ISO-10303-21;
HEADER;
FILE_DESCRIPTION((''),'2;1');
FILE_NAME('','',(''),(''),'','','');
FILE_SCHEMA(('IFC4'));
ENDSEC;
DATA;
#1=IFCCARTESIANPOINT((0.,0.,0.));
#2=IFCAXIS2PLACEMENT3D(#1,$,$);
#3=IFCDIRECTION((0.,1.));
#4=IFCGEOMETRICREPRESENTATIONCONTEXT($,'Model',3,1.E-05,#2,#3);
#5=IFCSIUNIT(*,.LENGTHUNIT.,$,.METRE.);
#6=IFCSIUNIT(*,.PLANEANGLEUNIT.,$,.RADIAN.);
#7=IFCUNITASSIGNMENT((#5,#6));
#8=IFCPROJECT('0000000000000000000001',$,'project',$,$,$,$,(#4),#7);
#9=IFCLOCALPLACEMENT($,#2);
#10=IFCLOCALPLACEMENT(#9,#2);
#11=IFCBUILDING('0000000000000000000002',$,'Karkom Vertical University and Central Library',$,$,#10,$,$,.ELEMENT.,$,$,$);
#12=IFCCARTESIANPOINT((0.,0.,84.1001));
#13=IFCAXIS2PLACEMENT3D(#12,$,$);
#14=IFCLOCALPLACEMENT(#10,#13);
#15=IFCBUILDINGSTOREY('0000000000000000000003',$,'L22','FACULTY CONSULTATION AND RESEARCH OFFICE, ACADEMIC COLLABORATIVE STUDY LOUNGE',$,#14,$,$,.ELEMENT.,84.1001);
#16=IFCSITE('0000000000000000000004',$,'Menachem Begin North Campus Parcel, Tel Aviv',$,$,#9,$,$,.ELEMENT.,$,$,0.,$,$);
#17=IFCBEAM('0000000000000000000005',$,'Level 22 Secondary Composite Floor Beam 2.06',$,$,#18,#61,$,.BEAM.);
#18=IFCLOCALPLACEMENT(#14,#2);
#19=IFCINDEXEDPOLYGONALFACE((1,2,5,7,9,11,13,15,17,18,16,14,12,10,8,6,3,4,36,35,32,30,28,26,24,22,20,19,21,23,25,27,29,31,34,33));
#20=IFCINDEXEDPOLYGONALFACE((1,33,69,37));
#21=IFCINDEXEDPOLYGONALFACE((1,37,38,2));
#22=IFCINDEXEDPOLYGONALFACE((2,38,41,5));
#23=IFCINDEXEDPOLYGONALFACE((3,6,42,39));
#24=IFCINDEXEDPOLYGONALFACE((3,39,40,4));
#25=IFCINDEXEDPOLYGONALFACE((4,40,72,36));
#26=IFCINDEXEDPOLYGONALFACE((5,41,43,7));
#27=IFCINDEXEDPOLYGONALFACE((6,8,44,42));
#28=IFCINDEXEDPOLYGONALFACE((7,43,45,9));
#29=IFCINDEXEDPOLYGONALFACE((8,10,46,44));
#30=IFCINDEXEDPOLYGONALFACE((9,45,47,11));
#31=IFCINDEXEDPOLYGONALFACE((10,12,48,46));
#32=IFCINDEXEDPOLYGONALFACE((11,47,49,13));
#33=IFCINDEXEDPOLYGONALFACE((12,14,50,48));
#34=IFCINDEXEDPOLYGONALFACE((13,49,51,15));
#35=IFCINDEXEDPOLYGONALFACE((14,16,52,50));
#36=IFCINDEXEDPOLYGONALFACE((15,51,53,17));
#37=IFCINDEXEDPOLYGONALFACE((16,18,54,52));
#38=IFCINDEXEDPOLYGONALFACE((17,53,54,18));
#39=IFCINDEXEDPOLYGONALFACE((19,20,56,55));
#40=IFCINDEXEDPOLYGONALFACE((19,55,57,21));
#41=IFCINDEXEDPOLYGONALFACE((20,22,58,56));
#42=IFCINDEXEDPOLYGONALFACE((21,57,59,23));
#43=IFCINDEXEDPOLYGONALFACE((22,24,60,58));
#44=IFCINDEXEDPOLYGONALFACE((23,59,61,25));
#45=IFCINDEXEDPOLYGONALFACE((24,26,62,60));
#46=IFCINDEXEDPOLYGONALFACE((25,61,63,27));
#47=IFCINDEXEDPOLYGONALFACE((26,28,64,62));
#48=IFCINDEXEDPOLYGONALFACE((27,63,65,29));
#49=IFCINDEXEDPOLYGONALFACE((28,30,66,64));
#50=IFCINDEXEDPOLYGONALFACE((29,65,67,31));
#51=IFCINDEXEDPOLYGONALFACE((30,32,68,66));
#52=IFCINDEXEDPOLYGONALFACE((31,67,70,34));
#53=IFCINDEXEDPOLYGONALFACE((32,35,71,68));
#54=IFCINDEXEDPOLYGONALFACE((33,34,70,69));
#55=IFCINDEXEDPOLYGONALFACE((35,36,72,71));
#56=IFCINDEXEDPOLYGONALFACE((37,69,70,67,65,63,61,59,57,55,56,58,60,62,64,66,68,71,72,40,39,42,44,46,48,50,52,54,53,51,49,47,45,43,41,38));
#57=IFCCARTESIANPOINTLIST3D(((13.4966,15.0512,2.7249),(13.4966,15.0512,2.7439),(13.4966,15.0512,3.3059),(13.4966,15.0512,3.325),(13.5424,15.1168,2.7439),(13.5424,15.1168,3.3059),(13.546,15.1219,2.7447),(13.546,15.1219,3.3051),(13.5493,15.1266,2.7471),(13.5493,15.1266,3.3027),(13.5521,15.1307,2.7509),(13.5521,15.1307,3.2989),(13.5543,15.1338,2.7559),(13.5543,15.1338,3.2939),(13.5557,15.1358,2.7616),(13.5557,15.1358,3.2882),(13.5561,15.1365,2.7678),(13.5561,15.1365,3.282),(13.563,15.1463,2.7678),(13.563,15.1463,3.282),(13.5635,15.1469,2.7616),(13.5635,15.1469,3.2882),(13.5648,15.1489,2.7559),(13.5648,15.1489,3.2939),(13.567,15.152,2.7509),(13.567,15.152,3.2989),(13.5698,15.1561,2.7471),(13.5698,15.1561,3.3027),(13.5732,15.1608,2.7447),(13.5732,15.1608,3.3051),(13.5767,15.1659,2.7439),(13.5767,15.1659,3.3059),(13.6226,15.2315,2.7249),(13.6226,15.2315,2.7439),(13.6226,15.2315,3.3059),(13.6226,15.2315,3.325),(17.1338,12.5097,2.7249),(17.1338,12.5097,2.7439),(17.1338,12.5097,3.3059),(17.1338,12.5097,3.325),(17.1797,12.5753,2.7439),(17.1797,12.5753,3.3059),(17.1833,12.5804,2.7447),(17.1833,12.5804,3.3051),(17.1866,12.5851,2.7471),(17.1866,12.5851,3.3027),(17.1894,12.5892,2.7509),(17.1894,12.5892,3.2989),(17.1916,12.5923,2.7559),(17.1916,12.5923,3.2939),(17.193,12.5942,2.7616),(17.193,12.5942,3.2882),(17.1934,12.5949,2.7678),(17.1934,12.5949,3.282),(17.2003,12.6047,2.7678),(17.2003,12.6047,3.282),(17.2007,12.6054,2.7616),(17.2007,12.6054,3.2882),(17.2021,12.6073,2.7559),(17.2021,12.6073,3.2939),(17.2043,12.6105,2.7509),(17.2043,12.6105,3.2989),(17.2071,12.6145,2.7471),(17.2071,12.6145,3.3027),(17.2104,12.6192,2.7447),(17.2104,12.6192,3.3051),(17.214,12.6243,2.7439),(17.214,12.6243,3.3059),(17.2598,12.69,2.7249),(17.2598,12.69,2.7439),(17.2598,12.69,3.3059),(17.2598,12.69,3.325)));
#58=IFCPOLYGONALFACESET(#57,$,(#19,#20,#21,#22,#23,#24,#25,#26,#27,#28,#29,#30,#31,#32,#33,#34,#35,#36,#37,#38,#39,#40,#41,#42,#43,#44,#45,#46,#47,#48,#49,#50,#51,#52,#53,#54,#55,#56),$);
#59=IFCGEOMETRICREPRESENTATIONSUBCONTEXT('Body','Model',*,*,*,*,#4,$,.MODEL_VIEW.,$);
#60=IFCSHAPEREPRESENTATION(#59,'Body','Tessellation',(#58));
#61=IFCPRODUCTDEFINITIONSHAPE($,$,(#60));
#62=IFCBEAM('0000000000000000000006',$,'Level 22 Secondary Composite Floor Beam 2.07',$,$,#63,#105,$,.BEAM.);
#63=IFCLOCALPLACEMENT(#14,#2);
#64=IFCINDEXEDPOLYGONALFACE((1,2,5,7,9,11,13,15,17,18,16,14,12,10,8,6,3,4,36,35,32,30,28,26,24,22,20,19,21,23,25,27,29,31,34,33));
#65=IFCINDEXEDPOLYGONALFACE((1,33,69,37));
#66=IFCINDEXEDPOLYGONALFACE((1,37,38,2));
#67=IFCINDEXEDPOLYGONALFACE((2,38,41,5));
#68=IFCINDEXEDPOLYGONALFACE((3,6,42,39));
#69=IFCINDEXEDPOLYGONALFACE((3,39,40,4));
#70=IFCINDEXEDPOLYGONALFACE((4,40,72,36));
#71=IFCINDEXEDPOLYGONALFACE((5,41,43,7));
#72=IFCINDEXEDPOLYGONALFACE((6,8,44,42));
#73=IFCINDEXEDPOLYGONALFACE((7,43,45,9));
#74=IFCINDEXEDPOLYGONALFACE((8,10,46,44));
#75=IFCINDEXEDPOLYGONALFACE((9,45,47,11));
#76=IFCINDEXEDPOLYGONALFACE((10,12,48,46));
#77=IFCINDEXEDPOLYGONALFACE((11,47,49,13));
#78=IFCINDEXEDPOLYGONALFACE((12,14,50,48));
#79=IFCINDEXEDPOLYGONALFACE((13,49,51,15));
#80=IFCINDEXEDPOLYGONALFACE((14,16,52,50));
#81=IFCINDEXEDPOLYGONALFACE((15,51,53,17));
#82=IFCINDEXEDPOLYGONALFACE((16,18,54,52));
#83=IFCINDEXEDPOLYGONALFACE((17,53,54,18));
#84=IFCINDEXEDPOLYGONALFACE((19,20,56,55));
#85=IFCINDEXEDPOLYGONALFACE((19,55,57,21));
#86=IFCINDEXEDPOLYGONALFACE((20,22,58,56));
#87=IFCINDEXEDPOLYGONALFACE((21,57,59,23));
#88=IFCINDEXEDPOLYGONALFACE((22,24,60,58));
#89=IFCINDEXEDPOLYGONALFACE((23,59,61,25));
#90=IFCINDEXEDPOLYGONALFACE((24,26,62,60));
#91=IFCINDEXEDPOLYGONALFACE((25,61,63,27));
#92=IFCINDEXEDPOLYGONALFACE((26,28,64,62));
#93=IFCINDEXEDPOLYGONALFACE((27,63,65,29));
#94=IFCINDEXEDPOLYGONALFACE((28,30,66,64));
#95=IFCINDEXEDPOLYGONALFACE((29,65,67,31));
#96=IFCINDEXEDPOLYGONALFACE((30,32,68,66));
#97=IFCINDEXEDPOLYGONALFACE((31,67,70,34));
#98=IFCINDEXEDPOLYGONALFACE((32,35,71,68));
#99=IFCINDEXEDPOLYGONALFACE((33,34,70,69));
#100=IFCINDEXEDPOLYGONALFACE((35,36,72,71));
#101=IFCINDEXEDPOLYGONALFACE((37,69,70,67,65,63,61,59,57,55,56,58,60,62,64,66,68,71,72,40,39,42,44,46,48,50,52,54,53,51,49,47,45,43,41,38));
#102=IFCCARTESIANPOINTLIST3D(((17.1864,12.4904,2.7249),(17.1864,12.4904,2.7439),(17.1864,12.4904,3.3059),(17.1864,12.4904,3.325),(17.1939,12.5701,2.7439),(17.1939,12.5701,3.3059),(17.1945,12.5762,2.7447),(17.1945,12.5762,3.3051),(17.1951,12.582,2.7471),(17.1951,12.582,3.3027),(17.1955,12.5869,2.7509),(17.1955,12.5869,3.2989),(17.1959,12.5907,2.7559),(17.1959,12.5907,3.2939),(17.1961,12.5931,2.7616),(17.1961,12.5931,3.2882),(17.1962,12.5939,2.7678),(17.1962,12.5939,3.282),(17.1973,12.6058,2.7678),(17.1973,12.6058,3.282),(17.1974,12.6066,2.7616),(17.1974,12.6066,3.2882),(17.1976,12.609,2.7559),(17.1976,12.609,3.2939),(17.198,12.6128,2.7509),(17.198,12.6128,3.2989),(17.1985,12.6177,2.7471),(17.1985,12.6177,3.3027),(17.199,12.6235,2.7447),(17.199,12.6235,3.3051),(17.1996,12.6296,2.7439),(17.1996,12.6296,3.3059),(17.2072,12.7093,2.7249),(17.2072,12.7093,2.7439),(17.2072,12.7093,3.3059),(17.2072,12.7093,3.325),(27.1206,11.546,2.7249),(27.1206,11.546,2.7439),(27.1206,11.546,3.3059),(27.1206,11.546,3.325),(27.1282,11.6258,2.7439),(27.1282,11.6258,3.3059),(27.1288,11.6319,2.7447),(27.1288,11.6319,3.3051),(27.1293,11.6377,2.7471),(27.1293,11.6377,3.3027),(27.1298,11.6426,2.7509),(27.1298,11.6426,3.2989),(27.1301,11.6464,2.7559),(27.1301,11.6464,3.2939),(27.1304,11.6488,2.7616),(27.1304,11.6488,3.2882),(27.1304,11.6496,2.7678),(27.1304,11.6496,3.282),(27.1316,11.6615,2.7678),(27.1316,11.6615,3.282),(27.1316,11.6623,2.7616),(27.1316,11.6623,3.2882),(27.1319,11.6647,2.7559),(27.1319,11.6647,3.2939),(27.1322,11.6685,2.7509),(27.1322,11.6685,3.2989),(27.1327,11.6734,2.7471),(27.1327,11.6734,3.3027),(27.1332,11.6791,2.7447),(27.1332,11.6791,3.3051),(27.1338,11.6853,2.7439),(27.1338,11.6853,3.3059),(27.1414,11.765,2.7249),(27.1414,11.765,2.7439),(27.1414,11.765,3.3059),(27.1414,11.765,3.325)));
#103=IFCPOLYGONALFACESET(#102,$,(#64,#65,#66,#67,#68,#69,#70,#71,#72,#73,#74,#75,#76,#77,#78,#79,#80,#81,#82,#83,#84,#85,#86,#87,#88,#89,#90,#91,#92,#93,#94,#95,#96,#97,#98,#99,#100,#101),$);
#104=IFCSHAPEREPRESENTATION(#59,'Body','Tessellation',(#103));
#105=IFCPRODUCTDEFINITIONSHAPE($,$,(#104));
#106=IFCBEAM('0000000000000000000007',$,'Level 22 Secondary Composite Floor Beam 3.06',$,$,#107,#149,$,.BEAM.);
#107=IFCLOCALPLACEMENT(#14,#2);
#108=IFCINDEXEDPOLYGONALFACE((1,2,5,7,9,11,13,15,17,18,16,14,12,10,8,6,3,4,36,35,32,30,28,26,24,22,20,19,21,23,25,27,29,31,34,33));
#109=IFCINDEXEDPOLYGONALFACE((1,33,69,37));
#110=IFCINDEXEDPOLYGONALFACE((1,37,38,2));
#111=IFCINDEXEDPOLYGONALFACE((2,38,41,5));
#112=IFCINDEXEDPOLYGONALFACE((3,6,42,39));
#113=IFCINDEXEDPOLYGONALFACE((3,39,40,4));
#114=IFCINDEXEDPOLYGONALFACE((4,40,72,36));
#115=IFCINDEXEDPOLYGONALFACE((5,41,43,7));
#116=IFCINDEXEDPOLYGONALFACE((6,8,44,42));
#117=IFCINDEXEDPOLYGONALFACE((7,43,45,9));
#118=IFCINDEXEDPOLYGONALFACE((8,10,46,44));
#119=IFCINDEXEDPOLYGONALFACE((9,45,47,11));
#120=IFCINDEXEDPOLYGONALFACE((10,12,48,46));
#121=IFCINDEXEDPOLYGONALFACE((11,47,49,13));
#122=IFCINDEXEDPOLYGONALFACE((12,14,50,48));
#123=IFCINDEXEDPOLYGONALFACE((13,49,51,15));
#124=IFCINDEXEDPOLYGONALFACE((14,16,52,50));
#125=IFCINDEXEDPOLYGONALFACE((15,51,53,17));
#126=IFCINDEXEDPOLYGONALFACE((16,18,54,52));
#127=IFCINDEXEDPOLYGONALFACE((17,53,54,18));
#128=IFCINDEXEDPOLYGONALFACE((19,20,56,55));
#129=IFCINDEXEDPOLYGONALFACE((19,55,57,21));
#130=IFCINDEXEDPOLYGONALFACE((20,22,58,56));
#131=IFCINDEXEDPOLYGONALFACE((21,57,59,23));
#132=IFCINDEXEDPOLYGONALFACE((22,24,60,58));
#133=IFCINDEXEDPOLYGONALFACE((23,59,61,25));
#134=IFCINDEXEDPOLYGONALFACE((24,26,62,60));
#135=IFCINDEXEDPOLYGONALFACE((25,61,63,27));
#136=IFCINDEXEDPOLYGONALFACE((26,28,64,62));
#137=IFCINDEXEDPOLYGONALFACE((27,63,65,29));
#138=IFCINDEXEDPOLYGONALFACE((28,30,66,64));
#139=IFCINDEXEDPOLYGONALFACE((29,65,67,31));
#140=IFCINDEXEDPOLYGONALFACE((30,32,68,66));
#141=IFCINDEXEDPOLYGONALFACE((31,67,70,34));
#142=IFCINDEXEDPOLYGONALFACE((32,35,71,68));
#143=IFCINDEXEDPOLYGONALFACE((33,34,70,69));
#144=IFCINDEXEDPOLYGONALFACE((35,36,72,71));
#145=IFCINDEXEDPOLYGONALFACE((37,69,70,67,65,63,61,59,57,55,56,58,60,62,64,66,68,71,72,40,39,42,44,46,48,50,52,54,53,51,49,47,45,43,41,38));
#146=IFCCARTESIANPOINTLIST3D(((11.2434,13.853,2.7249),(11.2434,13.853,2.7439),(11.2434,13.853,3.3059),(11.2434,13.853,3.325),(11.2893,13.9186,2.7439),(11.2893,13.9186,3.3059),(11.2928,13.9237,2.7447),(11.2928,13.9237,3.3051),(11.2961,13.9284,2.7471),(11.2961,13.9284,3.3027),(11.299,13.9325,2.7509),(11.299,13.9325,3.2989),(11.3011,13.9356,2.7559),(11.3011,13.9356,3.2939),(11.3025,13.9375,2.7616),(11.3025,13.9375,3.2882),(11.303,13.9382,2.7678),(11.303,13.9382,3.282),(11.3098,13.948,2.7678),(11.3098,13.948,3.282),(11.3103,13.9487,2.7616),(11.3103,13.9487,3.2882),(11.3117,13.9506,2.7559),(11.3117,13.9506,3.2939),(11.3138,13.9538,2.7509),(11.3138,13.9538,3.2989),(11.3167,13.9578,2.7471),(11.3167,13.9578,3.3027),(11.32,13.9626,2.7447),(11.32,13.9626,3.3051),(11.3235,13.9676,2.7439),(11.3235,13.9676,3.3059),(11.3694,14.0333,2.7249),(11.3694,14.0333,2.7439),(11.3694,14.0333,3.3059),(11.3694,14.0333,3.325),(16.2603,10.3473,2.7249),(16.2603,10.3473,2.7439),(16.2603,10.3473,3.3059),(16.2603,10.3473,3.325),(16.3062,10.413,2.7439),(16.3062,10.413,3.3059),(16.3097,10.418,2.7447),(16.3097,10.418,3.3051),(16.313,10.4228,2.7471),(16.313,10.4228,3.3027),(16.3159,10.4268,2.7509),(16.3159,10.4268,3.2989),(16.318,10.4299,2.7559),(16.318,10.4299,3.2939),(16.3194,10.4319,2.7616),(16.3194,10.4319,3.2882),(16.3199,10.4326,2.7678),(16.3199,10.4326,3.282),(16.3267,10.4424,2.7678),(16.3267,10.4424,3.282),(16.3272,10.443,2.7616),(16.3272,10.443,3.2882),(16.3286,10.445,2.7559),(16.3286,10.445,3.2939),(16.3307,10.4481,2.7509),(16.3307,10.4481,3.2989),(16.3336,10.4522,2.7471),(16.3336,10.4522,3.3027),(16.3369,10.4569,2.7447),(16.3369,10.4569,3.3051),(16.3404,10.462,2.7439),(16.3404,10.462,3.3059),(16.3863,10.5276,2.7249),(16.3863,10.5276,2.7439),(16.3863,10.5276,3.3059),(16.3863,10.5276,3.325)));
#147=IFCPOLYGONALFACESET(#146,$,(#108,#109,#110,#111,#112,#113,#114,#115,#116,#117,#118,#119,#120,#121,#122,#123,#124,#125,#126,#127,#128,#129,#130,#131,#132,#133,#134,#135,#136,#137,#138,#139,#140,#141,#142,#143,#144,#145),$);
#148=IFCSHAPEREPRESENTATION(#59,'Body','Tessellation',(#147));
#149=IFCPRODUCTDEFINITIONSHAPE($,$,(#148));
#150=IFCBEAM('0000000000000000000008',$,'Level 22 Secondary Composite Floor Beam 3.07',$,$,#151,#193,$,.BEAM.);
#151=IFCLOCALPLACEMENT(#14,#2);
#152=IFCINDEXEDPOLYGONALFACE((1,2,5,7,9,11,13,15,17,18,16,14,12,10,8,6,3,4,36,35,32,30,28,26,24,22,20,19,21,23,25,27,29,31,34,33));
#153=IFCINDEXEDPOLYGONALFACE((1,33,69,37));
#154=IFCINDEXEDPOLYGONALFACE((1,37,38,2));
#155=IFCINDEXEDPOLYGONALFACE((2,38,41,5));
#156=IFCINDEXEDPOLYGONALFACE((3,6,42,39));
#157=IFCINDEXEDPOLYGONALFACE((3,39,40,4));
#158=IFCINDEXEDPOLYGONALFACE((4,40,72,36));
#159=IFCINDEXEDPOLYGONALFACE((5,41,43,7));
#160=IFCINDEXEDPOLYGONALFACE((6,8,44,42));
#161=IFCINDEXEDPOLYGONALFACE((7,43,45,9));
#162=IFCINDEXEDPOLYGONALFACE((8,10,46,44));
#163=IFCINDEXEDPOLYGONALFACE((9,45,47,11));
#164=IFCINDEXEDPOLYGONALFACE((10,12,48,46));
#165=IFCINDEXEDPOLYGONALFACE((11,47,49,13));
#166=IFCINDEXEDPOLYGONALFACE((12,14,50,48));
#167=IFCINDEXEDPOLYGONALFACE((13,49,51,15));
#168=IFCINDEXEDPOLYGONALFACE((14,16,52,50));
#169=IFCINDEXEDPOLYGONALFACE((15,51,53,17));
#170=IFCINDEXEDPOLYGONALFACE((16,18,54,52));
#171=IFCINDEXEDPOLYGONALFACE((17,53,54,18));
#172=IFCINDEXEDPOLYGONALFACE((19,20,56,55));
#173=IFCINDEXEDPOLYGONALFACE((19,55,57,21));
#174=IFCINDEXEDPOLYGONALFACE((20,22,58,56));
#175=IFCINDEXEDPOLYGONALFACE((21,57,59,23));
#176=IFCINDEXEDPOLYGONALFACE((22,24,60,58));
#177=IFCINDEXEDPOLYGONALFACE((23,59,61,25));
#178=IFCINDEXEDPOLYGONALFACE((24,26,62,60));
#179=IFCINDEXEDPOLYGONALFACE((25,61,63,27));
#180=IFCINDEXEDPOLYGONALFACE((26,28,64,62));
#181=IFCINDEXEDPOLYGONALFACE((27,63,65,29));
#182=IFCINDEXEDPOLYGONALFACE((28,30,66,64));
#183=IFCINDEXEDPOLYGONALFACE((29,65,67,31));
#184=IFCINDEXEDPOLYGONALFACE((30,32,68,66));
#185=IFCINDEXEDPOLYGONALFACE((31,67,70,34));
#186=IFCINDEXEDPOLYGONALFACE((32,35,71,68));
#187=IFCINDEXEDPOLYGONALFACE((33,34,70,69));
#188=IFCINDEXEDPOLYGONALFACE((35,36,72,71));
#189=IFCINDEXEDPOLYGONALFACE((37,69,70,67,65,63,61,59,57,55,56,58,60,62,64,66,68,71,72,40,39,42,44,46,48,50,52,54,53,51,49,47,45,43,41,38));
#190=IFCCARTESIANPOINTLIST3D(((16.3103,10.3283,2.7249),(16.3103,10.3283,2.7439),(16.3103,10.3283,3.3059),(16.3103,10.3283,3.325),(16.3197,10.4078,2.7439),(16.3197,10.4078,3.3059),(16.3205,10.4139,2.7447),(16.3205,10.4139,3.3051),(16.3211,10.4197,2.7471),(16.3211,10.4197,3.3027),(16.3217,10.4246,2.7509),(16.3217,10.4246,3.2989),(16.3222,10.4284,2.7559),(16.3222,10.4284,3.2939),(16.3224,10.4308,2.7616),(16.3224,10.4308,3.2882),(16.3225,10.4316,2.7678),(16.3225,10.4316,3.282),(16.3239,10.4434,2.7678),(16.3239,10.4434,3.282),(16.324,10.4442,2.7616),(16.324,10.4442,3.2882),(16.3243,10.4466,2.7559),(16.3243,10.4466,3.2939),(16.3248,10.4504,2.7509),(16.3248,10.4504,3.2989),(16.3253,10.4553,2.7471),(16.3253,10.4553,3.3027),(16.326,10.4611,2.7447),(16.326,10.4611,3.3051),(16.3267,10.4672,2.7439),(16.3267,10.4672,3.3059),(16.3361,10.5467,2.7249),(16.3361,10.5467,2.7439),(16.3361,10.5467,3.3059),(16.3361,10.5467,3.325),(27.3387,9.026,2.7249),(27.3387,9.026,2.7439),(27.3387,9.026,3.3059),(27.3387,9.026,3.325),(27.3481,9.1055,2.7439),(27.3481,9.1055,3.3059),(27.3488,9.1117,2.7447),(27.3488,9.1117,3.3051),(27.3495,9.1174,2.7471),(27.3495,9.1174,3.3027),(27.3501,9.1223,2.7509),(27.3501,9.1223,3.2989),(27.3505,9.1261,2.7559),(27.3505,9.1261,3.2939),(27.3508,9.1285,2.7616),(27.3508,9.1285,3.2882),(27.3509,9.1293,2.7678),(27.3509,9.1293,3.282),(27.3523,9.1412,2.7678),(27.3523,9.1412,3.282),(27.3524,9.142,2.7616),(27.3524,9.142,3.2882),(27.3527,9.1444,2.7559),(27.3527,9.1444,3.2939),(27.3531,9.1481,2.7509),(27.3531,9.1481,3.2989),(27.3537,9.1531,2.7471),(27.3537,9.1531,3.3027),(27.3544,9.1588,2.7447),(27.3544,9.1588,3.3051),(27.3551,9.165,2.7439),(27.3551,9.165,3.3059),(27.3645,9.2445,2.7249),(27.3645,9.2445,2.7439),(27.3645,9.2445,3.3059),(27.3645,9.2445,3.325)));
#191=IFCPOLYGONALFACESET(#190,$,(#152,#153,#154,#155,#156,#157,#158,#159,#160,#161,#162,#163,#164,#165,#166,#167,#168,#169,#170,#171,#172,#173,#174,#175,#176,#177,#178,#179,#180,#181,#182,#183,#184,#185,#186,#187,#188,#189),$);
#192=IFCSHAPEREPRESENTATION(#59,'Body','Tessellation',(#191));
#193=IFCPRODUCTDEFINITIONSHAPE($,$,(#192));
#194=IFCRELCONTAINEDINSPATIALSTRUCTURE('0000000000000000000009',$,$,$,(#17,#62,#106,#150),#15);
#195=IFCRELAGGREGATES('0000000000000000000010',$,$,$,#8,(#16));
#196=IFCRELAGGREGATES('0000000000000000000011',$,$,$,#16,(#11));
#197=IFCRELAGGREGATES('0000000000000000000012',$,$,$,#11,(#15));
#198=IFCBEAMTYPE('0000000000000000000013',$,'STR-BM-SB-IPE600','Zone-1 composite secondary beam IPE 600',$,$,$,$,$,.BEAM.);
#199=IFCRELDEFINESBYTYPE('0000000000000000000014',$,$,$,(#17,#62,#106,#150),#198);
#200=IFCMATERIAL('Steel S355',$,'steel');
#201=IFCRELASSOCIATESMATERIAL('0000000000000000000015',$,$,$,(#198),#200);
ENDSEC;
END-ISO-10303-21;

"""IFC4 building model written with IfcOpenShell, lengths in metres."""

from ifc_helpers import new_model, si_unit, direction, frame, origin, origin_with_axes, origin_2d, place, context, subcontext, project, spatial, i_section, extrude, source, transform, mapped, material, material_profile, profile_set, type_object, element, save


model = new_model("IFC4")

# Units and contexts
model_context = context("Model", 3, precision=1e-05, world=origin(), true_north=direction((0.0, 1.0)))
body_context = subcontext(model_context, "Body", "Model", "MODEL_VIEW")
ifc_project = project(units=[si_unit("LENGTHUNIT", "METRE"), si_unit("PLANEANGLEUNIT", "RADIAN")], contexts=[model_context])

# Site, building, storey
site_placement = place(None, origin())
site = spatial("IfcSite", under=ifc_project, at=site_placement, Name="Menachem Begin North Campus Parcel, Tel Aviv", CompositionType="ELEMENT", RefElevation=0.0)
building_placement = place(site_placement, origin())
building = spatial("IfcBuilding", under=site, at=building_placement, Name="Karkom Vertical University and Central Library", CompositionType="ELEMENT")
storey_placement = place(building_placement, frame((0.0, 0.0, 84.1001)))
storey = spatial("IfcBuildingStorey", under=building, at=storey_placement, Name="L22", Description="FACULTY CONSULTATION AND RESEARCH OFFICE, ACADEMIC COLLABORATIVE STUDY LOUNGE", CompositionType="ELEMENT", Elevation=84.1001)

# Beams
ifc_material_1 = material(Name="Steel S355", Category="steel")
ifc_material_profile_1 = material_profile(ifc_material_1, i_section(OverallWidth=0.22, OverallDepth=0.6001, WebThickness=0.012, FlangeThickness=0.019, FilletRadius=0.0239, at=origin_2d()), Name="IPE 600")
ifc_profile_set_1 = profile_set([ifc_material_profile_1], Name="Steel S355")
beam_type_1 = type_object("IfcBeamType", Name="STR-BM-SB-IPE600", Description="Zone-1 composite secondary beam IPE 600", PredefinedType="BEAM", material=ifc_profile_set_1)
shared_shape_1 = source(origin_with_axes(), body_context, "Body", "SweptSolid", [
    extrude(i_section(OverallWidth=0.22, OverallDepth=0.6001, WebThickness=0.012, FlangeThickness=0.019, FilletRadius=0.0239, at=origin_2d()), origin(), (0.0, 0.0, 1.0), 4.4373),
])
beam_1_placement = place(storey_placement, frame((13.5596, 15.1414, 3.0249), z_axis=(0.819712, -0.572775, 0.0), x_axis=(0.572775, 0.819712, 0.0)))
element("IfcBeam", 1, at=beam_1_placement, inside=storey, type_object=beam_type_1, Name="Level 22 Secondary Composite Floor Beam 2.06", PredefinedType="BEAM", context=body_context, shape_type="MappedRepresentation", body=[
    mapped(shared_shape_1, transform((0.0, 0.0, 0.0), scale=1.0)),
])
shared_shape_2 = source(origin_with_axes(), body_context, "Body", "SweptSolid", [
    extrude(i_section(OverallWidth=0.22, OverallDepth=0.6001, WebThickness=0.012, FlangeThickness=0.019, FilletRadius=0.0239, at=origin_2d()), origin(), (0.0, 0.0, 1.0), 9.979),
])
beam_2_placement = place(storey_placement, frame((17.1968, 12.5999, 3.0249), z_axis=(0.995512, -0.094631, 0.0), x_axis=(0.094631, 0.995512, 0.0)))
element("IfcBeam", 2, at=beam_2_placement, inside=storey, type_object=beam_type_1, Name="Level 22 Secondary Composite Floor Beam 2.07", PredefinedType="BEAM", context=body_context, shape_type="MappedRepresentation", body=[
    mapped(shared_shape_2, transform((0.0, 0.0, 0.0), scale=1.0)),
])
shared_shape_3 = source(origin_with_axes(), body_context, "Body", "SweptSolid", [
    extrude(i_section(OverallWidth=0.22, OverallDepth=0.6001, WebThickness=0.012, FlangeThickness=0.019, FilletRadius=0.0239, at=origin_2d()), origin(), (0.0, 0.0, 1.0), 6.1204),
])
beam_3_placement = place(storey_placement, frame((11.3064, 13.9431, 3.0249), z_axis=(0.819706, -0.572785, 0.0), x_axis=(0.572785, 0.819706, 0.0)))
element("IfcBeam", 3, at=beam_3_placement, inside=storey, type_object=beam_type_1, Name="Level 22 Secondary Composite Floor Beam 3.06", PredefinedType="BEAM", context=body_context, shape_type="MappedRepresentation", body=[
    mapped(shared_shape_3, transform((0.0, 0.0, 0.0), scale=1.0)),
])
shared_shape_4 = source(origin_with_axes(), body_context, "Body", "SweptSolid", [
    extrude(i_section(OverallWidth=0.22, OverallDepth=0.6001, WebThickness=0.012, FlangeThickness=0.019, FilletRadius=0.0239, at=origin_2d()), origin(), (0.0, 0.0, 1.0), 11.105),
])
beam_4_placement = place(storey_placement, frame((16.3232, 10.4375, 3.0249), z_axis=(0.9931, -0.117267, 0.0), x_axis=(0.117267, 0.9931, 0.0)))
element("IfcBeam", 4, at=beam_4_placement, inside=storey, type_object=beam_type_1, Name="Level 22 Secondary Composite Floor Beam 3.07", PredefinedType="BEAM", context=body_context, shape_type="MappedRepresentation", body=[
    mapped(shared_shape_4, transform((0.0, 0.0, 0.0), scale=1.0)),
])

save(model, "model.ifc")
